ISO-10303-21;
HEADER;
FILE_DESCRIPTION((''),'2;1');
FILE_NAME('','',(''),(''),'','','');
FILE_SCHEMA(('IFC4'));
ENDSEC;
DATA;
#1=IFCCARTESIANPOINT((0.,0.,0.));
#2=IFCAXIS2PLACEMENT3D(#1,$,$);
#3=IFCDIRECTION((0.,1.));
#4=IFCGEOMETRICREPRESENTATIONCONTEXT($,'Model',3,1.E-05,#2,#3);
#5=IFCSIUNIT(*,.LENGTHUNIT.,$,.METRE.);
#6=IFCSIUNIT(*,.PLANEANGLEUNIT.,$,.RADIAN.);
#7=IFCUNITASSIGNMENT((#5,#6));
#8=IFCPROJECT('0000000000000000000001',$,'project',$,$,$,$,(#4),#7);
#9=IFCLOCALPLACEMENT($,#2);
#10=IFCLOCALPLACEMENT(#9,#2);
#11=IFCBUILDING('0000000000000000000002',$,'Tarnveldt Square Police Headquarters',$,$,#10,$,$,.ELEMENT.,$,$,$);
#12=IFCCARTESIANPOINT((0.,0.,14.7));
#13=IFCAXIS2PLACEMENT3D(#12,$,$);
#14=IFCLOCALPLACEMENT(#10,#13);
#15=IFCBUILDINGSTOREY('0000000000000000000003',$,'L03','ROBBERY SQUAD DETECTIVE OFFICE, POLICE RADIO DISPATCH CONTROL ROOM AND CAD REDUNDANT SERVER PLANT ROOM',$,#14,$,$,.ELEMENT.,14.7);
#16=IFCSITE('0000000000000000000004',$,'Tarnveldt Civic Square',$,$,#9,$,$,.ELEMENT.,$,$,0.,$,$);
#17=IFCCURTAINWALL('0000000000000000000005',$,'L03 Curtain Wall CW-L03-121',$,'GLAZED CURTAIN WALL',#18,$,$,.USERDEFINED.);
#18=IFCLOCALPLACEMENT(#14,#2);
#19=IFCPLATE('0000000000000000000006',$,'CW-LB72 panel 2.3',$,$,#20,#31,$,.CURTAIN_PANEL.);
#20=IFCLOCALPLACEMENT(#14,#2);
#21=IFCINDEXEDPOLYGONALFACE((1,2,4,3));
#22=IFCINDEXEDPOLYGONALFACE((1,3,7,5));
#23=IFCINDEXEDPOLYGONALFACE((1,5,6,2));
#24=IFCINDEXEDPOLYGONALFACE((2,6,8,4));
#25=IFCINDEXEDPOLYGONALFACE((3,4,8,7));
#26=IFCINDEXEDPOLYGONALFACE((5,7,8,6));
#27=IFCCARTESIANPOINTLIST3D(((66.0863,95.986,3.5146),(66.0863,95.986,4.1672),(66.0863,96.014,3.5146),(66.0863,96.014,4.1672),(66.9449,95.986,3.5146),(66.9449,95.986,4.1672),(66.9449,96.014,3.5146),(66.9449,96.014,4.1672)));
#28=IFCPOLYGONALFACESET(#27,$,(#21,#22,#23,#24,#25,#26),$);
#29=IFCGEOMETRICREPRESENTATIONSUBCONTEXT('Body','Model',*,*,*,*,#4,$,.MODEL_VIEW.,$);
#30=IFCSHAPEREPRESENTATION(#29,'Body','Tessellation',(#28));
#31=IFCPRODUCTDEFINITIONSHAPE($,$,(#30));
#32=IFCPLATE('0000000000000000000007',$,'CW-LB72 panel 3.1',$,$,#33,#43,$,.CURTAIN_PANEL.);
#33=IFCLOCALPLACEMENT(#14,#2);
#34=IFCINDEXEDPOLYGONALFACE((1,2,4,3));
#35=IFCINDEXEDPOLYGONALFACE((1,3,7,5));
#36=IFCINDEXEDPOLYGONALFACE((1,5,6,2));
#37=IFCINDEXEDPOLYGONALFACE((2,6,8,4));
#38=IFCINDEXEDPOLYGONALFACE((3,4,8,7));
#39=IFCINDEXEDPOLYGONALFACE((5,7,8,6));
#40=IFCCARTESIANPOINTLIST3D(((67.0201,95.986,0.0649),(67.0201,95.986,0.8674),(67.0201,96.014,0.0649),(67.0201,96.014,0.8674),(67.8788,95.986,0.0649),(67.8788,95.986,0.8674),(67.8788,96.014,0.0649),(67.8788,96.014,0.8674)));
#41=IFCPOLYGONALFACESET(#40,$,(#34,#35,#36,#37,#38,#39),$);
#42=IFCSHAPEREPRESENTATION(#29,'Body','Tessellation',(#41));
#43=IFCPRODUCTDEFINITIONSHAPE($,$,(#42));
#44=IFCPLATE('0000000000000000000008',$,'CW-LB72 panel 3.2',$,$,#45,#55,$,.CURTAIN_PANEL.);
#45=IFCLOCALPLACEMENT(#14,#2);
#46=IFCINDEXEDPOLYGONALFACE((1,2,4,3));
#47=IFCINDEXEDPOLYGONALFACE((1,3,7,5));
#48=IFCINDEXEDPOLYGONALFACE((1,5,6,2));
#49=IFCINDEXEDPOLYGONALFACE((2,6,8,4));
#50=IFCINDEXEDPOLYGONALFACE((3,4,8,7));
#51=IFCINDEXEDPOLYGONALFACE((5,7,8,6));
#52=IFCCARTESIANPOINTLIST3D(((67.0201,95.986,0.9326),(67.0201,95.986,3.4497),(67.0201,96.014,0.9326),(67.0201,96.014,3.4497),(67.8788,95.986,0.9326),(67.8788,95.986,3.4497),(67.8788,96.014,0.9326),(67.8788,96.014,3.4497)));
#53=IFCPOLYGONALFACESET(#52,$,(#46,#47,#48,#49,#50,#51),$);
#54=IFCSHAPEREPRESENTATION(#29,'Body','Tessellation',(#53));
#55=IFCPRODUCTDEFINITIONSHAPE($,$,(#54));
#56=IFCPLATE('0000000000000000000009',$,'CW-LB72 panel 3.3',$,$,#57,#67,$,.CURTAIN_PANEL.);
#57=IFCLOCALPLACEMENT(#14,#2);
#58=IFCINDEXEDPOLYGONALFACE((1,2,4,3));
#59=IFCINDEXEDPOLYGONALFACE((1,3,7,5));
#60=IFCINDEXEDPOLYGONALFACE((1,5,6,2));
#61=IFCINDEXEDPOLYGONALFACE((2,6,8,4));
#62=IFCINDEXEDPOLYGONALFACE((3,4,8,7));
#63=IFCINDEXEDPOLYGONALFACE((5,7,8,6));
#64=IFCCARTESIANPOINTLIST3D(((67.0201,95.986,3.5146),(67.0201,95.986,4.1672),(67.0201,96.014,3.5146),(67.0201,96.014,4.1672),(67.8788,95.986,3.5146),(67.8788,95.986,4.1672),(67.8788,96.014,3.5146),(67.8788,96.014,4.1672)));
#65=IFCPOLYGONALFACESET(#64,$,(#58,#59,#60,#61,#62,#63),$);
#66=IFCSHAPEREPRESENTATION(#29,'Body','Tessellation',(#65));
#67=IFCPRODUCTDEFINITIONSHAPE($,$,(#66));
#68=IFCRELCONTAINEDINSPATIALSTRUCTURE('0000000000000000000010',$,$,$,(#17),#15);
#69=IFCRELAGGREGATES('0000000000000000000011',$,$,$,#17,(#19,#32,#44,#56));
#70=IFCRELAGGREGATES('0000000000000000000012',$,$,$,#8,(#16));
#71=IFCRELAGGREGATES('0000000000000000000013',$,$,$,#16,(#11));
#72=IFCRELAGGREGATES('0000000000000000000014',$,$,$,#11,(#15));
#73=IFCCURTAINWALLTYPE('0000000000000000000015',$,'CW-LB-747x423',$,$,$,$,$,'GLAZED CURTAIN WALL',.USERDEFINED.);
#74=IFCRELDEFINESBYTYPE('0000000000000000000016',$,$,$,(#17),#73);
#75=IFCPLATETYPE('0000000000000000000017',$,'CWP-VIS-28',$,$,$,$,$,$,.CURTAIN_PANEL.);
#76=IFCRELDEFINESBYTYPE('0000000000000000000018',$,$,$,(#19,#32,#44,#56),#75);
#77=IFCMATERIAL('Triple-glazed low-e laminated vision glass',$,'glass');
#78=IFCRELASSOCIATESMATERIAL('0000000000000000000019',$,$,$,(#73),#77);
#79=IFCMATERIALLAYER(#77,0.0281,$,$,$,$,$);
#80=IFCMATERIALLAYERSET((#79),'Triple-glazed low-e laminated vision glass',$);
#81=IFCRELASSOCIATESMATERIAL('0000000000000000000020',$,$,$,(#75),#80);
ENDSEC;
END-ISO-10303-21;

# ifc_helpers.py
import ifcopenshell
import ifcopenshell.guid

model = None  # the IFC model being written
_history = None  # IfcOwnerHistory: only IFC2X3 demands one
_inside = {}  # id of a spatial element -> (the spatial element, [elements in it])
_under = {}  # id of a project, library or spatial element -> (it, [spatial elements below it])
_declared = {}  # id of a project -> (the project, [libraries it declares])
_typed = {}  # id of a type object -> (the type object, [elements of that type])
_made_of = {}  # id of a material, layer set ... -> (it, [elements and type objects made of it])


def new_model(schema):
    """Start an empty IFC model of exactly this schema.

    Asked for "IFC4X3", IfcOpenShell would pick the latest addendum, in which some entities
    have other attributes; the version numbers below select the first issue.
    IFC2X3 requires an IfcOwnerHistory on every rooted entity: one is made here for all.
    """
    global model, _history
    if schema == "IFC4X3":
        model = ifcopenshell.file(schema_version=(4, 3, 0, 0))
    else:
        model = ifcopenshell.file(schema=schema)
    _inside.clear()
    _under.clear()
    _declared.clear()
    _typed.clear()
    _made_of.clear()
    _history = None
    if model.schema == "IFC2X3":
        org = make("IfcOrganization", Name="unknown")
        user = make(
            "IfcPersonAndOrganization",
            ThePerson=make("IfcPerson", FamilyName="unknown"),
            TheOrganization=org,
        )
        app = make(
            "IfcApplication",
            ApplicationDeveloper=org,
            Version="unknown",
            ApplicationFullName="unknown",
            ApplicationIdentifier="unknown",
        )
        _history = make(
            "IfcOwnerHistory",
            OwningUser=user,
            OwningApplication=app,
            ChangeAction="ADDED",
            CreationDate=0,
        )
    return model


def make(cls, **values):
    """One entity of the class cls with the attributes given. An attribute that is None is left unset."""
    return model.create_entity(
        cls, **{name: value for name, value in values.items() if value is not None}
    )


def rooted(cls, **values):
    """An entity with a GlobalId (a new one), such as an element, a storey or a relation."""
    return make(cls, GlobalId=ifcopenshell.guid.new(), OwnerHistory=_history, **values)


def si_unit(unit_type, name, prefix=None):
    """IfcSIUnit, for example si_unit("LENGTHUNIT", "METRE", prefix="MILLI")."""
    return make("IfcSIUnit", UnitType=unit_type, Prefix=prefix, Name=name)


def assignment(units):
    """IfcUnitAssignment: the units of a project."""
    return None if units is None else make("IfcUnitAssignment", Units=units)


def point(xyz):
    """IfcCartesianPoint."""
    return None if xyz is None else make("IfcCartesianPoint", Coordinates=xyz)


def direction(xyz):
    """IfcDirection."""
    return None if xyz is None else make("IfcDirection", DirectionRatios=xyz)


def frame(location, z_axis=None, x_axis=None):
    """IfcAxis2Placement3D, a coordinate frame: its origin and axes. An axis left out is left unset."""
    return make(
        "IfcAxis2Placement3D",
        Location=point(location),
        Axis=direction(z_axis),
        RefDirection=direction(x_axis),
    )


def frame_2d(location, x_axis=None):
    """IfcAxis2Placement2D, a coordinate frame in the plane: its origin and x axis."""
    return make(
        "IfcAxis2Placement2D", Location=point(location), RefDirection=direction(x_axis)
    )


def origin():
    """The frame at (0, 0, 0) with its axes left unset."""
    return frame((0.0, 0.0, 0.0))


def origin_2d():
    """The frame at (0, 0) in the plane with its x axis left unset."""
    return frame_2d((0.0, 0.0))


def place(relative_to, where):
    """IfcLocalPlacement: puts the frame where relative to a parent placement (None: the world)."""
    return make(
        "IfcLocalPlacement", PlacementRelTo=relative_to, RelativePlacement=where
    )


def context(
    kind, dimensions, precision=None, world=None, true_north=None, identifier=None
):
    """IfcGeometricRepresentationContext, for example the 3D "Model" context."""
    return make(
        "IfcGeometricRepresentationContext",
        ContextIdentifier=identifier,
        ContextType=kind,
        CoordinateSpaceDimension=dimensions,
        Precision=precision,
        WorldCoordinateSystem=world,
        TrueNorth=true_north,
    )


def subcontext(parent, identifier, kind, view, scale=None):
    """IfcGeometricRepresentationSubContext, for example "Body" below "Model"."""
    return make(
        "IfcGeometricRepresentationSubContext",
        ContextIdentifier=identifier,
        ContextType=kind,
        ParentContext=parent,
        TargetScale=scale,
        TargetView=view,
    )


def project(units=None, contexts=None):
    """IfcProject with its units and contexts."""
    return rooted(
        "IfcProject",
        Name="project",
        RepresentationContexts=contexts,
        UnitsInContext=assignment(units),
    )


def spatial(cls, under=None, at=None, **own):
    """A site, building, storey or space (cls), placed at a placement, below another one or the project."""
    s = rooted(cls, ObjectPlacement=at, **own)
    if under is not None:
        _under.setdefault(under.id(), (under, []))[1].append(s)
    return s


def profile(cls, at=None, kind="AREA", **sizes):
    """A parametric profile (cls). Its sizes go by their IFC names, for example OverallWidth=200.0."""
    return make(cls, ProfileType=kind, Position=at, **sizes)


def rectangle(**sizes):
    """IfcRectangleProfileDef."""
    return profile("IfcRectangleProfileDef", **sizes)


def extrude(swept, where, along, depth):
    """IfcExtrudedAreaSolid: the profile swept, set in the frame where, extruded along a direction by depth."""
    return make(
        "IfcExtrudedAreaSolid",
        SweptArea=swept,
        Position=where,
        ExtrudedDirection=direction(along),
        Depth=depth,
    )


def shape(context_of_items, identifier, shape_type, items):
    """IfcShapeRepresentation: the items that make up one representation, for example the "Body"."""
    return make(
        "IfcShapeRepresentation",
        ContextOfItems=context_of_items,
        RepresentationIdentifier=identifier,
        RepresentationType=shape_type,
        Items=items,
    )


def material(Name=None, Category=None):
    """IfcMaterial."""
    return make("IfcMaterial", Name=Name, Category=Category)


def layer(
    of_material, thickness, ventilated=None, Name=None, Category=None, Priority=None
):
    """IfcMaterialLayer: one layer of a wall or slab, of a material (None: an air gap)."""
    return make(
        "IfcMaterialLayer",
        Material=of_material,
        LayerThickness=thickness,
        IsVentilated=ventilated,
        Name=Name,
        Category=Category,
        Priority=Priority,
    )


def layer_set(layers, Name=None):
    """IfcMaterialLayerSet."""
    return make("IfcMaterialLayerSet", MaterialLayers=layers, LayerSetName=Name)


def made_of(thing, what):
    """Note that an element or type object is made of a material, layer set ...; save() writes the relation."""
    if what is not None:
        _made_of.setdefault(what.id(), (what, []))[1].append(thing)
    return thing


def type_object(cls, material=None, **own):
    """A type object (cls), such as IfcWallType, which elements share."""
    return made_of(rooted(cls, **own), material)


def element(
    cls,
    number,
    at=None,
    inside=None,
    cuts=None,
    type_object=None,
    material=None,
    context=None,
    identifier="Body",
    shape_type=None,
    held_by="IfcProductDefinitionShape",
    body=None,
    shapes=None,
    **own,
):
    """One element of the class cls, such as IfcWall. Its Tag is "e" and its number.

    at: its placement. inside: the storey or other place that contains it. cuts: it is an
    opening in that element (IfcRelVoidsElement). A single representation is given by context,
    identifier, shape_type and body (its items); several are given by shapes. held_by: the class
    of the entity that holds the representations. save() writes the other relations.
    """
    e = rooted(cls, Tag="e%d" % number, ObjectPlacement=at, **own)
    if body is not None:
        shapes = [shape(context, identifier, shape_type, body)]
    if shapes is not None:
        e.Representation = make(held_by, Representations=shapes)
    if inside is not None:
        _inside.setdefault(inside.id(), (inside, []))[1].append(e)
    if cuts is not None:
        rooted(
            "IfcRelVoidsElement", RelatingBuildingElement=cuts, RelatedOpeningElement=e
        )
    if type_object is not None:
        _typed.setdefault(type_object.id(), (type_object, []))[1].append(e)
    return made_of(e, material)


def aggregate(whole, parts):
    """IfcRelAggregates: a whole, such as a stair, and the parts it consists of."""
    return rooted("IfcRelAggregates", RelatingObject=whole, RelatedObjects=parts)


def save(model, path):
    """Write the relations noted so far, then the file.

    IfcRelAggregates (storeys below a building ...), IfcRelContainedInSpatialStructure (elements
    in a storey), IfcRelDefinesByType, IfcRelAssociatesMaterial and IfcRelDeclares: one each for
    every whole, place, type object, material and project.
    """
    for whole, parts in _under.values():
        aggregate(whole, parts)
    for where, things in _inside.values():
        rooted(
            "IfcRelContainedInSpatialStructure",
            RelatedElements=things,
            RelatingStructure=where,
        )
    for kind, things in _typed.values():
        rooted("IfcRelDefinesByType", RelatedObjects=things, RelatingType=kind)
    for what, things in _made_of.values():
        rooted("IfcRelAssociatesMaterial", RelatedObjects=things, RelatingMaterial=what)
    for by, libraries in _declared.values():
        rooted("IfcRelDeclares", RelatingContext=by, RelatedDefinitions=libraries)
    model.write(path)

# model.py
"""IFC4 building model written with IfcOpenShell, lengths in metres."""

from ifc_helpers import new_model, si_unit, direction, frame, origin, origin_2d, place, context, subcontext, project, spatial, rectangle, extrude, material, layer, layer_set, type_object, element, aggregate, save


model = new_model("IFC4")

# Units and contexts
model_context = context("Model", 3, precision=1e-05, world=origin(), true_north=direction((0.0, 1.0)))
body_context = subcontext(model_context, "Body", "Model", "MODEL_VIEW")
ifc_project = project(units=[si_unit("LENGTHUNIT", "METRE"), si_unit("PLANEANGLEUNIT", "RADIAN")], contexts=[model_context])

# Site, building, storey
site_placement = place(None, origin())
site = spatial("IfcSite", under=ifc_project, at=site_placement, Name="Tarnveldt Civic Square", CompositionType="ELEMENT", RefElevation=0.0)
building_placement = place(site_placement, origin())
building = spatial("IfcBuilding", under=site, at=building_placement, Name="Tarnveldt Square Police Headquarters", CompositionType="ELEMENT")
storey_placement = place(building_placement, frame((0.0, 0.0, 14.7)))
storey = spatial("IfcBuildingStorey", under=building, at=storey_placement, Name="L03", Description="ROBBERY SQUAD DETECTIVE OFFICE, POLICE RADIO DISPATCH CONTROL ROOM AND CAD REDUNDANT SERVER PLANT ROOM", CompositionType="ELEMENT", Elevation=14.7)

# Shared definitions
ifc_material_1 = material(Name="Triple-glazed low-e laminated vision glass", Category="glass")

# Curtain wall
curtain_wall_type_1 = type_object("IfcCurtainWallType", Name="CW-LB-747x423", ElementType="GLAZED CURTAIN WALL", PredefinedType="USERDEFINED", material=ifc_material_1)
curtain_wall_1_placement = place(storey_placement, origin())
curtain_wall_1 = element("IfcCurtainWall", 1, at=curtain_wall_1_placement, inside=storey, type_object=curtain_wall_type_1, Name="L03 Curtain Wall CW-L03-121", ObjectType="GLAZED CURTAIN WALL", PredefinedType="USERDEFINED")

# Plates
ifc_layer = layer(ifc_material_1, 0.0281)
ifc_layer_set = layer_set([ifc_layer], Name="Triple-glazed low-e laminated vision glass")
plate_type = type_object("IfcPlateType", Name="CWP-VIS-28", PredefinedType="CURTAIN_PANEL", material=ifc_layer_set)
plate_1_placement = place(storey_placement, frame((66.5156, 96.0, 3.5146), z_axis=(0.0, 0.0, 1.0), x_axis=(1.0, 0.0, 0.0)))
plate_1 = element("IfcPlate", 2, at=plate_1_placement, type_object=plate_type, Name="CW-LB72 panel 2.3", PredefinedType="CURTAIN_PANEL", context=body_context, shape_type="SweptSolid", body=[
    extrude(rectangle(XDim=0.8586, YDim=0.0281, at=origin_2d()), origin(), (0.0, 0.0, 1.0), 0.6526),
])
plate_2_placement = place(storey_placement, frame((67.4495, 96.0, 0.0649), z_axis=(0.0, 0.0, 1.0), x_axis=(1.0, 0.0, 0.0)))
plate_2 = element("IfcPlate", 3, at=plate_2_placement, type_object=plate_type, Name="CW-LB72 panel 3.1", PredefinedType="CURTAIN_PANEL", context=body_context, shape_type="SweptSolid", body=[
    extrude(rectangle(XDim=0.8586, YDim=0.0281, at=origin_2d()), origin(), (0.0, 0.0, 1.0), 0.8025),
])
plate_3_placement = place(storey_placement, frame((67.4495, 96.0, 0.9326), z_axis=(0.0, 0.0, 1.0), x_axis=(1.0, 0.0, 0.0)))
plate_3 = element("IfcPlate", 4, at=plate_3_placement, type_object=plate_type, Name="CW-LB72 panel 3.2", PredefinedType="CURTAIN_PANEL", context=body_context, shape_type="SweptSolid", body=[
    extrude(rectangle(XDim=0.8586, YDim=0.0281, at=origin_2d()), origin(), (0.0, 0.0, 1.0), 2.5171),
])
plate_4_placement = place(storey_placement, frame((67.4495, 96.0, 3.5146), z_axis=(0.0, 0.0, 1.0), x_axis=(1.0, 0.0, 0.0)))
plate_4 = element("IfcPlate", 5, at=plate_4_placement, type_object=plate_type, Name="CW-LB72 panel 3.3", PredefinedType="CURTAIN_PANEL", context=body_context, shape_type="SweptSolid", body=[
    extrude(rectangle(XDim=0.8586, YDim=0.0281, at=origin_2d()), origin(), (0.0, 0.0, 1.0), 0.6526),
])
aggregate(curtain_wall_1, [plate_1, plate_2, plate_3, plate_4])

save(model, "model.ifc")
